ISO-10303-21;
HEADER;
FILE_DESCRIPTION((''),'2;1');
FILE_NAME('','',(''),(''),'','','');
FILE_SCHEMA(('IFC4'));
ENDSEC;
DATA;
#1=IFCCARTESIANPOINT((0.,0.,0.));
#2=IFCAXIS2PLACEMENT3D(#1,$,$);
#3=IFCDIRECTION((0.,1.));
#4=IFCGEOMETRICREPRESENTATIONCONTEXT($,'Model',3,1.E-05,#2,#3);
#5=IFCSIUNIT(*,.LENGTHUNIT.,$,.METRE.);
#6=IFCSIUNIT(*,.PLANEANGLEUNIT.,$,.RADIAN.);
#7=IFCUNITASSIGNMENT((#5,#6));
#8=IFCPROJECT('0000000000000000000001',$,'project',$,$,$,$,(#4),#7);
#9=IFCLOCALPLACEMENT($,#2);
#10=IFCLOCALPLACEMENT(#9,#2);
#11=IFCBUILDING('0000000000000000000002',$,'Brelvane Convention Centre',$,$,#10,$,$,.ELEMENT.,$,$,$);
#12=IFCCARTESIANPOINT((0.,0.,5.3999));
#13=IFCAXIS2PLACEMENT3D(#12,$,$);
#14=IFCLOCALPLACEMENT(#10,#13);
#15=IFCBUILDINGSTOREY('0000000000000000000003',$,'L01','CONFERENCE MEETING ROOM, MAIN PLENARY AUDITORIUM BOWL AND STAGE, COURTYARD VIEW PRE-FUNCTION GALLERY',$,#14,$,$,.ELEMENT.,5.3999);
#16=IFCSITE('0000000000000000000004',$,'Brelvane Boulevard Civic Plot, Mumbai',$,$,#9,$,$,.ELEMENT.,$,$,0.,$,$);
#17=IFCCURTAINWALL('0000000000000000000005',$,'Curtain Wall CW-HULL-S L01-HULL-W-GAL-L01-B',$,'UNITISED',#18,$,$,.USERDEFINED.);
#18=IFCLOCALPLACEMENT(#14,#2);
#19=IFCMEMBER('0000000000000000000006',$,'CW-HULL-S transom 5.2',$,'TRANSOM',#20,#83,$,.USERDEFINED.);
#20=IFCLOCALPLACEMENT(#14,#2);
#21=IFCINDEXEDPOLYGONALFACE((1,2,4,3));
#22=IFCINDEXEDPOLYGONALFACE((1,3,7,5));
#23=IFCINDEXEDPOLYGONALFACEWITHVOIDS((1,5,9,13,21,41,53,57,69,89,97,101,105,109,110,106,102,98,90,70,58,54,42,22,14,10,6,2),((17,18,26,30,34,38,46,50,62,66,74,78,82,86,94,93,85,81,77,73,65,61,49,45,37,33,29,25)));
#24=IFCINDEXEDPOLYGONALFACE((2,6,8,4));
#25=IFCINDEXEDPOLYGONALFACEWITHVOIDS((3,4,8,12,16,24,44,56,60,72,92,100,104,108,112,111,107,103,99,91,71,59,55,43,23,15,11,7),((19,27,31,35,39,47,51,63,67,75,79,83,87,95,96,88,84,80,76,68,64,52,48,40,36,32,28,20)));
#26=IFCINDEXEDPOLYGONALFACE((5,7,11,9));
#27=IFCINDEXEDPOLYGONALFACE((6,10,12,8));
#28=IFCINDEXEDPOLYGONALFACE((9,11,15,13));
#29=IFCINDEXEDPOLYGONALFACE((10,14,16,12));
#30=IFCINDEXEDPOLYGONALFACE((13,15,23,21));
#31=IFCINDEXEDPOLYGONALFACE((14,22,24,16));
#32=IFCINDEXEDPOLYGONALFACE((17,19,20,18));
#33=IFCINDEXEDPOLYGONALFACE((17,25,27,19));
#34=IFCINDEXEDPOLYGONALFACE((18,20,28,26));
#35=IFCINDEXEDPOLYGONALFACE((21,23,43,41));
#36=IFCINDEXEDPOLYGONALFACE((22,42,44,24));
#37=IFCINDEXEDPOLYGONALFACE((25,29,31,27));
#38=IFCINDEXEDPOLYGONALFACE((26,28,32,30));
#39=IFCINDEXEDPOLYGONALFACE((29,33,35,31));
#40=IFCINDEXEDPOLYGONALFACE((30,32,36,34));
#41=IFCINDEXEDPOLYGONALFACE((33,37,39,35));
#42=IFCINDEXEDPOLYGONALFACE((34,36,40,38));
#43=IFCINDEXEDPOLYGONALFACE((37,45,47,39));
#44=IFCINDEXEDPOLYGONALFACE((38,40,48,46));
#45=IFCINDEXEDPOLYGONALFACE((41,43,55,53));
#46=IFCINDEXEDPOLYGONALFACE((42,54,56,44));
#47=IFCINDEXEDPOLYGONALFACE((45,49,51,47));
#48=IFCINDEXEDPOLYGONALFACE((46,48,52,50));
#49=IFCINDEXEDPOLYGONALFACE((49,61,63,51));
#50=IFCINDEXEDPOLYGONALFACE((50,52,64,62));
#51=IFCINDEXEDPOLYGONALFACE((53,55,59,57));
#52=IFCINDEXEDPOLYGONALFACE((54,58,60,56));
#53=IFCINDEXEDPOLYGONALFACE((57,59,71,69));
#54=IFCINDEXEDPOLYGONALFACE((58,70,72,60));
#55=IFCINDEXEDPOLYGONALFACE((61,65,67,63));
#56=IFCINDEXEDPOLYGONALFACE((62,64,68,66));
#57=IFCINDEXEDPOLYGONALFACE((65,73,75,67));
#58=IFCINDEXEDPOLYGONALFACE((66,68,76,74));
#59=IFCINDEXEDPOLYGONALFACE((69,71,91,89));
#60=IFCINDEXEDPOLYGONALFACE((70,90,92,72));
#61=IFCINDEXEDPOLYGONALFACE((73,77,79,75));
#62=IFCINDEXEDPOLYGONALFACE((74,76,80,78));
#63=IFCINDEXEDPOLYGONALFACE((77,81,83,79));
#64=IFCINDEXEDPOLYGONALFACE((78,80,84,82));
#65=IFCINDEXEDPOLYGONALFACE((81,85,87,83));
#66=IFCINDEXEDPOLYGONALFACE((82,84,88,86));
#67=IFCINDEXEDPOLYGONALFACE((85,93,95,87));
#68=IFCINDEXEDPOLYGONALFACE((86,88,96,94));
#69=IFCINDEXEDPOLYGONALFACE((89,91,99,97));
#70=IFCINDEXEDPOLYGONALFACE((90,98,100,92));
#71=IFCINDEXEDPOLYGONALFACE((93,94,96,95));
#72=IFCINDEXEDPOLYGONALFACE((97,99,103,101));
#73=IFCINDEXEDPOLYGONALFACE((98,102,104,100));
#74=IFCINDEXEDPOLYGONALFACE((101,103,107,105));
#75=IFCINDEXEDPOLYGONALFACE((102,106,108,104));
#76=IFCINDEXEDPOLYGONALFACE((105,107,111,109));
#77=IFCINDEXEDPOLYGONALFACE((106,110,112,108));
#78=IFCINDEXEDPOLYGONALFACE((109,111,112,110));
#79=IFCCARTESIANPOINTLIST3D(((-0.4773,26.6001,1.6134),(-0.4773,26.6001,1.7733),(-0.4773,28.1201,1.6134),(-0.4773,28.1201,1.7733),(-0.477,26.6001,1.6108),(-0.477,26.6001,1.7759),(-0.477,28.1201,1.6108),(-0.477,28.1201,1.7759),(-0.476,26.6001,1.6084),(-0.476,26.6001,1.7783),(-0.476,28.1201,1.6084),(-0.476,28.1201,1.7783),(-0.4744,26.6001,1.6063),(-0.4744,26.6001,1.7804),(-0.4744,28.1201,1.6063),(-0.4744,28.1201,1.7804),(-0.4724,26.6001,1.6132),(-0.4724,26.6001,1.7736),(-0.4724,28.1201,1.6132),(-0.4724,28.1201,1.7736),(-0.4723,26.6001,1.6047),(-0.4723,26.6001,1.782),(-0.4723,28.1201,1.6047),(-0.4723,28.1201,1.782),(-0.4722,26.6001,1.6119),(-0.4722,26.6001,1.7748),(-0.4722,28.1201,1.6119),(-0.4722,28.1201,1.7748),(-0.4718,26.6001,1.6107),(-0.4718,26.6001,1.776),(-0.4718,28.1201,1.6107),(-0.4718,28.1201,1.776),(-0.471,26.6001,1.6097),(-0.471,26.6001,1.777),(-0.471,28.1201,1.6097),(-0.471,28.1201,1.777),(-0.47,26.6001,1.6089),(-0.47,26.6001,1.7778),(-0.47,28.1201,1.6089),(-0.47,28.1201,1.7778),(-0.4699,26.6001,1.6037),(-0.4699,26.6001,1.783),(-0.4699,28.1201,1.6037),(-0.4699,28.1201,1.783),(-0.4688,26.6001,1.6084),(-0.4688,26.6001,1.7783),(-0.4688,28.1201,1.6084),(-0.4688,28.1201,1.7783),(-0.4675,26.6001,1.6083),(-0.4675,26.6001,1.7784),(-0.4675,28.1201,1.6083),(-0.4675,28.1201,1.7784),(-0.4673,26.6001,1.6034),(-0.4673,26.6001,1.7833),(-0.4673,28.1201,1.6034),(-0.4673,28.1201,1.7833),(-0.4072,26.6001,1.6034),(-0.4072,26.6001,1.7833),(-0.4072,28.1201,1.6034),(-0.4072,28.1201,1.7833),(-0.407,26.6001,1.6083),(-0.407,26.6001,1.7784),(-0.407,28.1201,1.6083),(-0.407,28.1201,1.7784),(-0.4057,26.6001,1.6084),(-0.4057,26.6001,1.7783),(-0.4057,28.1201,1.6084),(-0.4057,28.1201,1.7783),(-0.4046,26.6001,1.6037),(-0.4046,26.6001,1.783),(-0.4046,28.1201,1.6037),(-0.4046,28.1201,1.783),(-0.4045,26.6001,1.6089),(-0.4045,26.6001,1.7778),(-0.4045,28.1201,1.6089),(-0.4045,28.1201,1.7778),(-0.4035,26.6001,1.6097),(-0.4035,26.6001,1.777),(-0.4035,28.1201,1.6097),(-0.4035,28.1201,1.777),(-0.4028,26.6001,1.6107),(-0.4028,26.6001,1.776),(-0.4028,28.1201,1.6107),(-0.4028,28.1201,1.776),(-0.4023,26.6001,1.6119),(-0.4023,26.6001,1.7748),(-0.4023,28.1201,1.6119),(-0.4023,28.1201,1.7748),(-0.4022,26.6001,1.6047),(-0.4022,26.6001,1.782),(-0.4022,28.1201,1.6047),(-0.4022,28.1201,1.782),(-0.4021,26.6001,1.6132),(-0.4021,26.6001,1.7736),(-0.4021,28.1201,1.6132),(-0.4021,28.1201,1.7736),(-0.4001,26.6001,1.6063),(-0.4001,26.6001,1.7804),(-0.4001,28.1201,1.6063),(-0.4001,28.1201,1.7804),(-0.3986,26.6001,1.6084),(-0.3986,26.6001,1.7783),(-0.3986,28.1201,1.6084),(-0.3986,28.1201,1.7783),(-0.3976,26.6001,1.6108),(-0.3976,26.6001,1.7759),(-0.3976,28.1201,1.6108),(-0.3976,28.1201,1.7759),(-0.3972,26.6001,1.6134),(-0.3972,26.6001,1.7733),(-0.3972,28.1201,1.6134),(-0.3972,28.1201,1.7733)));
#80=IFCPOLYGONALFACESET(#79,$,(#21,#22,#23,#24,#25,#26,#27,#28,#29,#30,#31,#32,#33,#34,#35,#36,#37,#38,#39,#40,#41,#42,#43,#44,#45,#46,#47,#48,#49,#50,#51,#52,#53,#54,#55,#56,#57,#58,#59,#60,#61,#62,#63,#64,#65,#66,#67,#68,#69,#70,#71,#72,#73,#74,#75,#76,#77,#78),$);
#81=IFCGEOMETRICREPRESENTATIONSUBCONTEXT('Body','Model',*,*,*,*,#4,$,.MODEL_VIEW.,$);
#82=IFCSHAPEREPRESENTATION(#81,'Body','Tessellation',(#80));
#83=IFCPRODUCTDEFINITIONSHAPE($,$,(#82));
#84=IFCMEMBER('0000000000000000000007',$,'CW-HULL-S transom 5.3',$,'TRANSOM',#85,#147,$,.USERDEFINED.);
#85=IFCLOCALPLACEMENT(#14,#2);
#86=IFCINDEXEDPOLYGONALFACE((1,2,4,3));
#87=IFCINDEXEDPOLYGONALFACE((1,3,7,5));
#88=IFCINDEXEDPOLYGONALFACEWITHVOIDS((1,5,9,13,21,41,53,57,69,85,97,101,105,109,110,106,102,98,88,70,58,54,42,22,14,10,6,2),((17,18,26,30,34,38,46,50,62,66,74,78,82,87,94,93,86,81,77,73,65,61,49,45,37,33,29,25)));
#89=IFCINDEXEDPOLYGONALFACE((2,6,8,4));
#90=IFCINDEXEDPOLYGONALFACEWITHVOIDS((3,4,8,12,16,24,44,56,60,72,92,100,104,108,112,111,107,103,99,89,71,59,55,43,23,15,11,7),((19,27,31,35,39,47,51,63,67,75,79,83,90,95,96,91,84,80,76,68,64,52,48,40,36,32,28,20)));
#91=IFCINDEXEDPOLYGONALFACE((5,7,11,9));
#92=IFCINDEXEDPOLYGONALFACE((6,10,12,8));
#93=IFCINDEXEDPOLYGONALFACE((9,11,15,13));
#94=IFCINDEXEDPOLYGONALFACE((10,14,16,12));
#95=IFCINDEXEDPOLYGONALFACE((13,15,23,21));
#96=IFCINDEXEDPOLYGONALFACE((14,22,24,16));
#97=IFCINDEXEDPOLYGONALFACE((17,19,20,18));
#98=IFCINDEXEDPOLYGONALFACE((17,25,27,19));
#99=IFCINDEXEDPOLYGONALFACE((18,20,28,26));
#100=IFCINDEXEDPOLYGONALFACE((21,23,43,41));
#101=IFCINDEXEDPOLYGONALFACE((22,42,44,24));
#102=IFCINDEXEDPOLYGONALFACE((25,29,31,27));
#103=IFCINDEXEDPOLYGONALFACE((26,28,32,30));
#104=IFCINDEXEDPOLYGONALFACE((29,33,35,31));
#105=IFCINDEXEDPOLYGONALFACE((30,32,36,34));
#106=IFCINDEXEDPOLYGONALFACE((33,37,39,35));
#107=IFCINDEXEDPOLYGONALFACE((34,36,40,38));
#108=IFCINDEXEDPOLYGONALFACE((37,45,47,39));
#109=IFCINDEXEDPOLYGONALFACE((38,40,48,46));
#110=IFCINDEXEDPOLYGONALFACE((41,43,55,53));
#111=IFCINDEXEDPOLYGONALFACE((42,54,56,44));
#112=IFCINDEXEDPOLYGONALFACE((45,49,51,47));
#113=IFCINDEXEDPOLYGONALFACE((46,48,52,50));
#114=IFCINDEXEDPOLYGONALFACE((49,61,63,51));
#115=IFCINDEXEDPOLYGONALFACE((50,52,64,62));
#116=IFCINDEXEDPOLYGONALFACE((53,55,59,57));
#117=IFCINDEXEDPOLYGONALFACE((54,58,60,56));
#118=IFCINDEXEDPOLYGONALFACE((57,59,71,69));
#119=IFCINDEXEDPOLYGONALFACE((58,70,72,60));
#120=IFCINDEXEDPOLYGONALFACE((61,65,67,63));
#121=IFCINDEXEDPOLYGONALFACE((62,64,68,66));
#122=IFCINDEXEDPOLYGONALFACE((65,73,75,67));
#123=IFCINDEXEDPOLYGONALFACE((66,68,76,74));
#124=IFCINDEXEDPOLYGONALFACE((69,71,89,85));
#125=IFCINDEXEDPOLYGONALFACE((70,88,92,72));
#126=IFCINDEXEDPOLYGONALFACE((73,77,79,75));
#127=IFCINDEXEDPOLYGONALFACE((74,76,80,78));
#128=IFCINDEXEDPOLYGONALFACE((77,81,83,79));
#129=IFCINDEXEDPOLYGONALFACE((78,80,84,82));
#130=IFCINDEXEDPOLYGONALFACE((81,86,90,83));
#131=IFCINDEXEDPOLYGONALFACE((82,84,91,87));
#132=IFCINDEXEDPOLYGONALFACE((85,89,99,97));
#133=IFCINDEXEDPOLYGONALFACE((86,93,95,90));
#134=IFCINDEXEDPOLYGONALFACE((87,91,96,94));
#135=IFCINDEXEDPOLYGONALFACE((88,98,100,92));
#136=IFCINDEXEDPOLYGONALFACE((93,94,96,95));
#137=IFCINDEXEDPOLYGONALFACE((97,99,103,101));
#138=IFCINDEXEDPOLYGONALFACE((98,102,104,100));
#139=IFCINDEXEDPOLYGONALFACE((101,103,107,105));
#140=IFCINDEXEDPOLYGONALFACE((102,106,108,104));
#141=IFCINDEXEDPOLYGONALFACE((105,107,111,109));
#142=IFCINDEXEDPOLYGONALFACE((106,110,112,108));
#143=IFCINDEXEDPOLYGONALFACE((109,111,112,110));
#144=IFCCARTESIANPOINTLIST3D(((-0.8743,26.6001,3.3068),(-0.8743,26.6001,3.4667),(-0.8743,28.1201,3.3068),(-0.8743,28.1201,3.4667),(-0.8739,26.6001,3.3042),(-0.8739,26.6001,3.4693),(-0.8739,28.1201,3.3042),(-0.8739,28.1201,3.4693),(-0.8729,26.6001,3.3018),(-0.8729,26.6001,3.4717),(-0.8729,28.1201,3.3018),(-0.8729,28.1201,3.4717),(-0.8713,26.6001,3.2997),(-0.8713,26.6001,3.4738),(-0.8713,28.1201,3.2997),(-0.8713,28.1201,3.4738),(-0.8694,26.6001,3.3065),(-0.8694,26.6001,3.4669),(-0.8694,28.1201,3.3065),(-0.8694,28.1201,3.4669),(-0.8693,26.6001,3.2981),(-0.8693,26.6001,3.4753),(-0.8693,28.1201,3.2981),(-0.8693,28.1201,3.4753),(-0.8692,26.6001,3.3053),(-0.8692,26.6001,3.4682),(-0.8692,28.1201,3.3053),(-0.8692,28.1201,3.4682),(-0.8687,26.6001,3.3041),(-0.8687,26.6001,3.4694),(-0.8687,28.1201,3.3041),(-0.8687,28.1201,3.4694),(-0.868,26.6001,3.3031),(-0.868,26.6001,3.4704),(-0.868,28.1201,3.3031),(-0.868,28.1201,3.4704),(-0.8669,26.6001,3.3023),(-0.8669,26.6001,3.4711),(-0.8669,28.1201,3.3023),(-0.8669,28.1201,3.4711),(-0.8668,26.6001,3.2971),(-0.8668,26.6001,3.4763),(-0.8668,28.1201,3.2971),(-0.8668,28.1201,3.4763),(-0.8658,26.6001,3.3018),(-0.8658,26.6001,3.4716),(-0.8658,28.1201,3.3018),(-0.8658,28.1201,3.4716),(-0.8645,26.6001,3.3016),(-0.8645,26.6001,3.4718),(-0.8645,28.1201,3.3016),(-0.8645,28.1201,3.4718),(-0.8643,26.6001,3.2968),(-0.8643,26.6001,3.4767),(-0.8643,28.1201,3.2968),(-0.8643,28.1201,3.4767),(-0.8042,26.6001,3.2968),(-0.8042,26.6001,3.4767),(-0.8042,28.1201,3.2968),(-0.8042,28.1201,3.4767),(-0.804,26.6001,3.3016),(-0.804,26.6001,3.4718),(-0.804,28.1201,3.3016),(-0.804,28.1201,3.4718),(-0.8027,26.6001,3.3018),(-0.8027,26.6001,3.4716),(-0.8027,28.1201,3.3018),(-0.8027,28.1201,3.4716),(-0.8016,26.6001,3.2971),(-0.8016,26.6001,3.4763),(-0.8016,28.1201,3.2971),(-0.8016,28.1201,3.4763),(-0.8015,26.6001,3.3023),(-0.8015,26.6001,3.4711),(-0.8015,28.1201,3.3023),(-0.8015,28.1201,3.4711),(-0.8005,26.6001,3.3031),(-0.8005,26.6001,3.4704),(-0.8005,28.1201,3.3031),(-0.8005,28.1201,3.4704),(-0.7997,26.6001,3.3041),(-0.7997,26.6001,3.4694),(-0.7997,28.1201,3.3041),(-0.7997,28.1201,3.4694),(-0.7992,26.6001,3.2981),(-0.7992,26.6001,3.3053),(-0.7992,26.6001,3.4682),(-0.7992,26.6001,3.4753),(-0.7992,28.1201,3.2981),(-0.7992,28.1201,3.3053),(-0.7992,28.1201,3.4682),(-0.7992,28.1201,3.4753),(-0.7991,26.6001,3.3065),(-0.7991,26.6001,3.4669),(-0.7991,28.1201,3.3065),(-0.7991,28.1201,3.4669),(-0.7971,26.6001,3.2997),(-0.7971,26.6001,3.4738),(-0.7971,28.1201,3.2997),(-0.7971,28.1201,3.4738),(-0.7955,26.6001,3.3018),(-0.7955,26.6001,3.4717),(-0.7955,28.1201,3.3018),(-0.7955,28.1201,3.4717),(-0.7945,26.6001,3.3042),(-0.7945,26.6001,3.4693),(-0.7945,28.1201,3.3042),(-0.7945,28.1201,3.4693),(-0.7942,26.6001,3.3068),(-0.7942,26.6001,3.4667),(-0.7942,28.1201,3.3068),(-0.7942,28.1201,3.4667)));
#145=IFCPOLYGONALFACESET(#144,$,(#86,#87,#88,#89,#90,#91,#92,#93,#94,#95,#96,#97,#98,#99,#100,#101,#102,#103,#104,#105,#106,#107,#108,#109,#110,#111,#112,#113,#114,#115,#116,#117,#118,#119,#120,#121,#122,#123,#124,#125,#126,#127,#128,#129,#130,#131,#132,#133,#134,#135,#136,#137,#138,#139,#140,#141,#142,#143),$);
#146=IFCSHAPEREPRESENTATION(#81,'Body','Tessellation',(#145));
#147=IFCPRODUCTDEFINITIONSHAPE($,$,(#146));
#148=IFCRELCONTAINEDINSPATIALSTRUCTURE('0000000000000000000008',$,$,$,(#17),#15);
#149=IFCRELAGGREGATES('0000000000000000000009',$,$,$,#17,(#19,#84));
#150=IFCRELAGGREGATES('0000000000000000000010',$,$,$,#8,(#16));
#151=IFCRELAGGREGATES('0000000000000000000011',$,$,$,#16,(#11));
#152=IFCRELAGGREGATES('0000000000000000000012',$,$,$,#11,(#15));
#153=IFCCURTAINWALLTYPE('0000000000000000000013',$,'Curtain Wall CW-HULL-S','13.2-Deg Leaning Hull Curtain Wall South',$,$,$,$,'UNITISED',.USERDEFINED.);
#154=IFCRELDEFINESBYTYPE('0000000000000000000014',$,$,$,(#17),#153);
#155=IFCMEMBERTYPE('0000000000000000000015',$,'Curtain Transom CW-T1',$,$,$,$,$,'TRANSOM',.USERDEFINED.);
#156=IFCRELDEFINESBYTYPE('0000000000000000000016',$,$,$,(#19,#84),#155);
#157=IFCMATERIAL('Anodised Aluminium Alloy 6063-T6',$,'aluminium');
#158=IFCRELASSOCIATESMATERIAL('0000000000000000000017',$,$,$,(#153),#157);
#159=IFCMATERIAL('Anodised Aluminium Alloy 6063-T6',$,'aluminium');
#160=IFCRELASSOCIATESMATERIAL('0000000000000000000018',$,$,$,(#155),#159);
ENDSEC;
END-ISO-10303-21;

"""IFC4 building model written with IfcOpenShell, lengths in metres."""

from ifc_helpers import new_model, si_unit, direction, frame, origin, origin_2d, place, context, subcontext, project, spatial, hollow_rectangle, extrude, material, material_profile, profile_set, type_object, element, aggregate, save


model = new_model("IFC4")

# Units and contexts
model_context = context("Model", 3, precision=1e-05, world=origin(), true_north=direction((0.0, 1.0)))
body_context = subcontext(model_context, "Body", "Model", "MODEL_VIEW")
ifc_project = project(units=[si_unit("LENGTHUNIT", "METRE"), si_unit("PLANEANGLEUNIT", "RADIAN")], contexts=[model_context])

# Site, building, storey
site_placement = place(None, origin())
site = spatial("IfcSite", under=ifc_project, at=site_placement, Name="Brelvane Boulevard Civic Plot, Mumbai", CompositionType="ELEMENT", RefElevation=0.0)
building_placement = place(site_placement, origin())
building = spatial("IfcBuilding", under=site, at=building_placement, Name="Brelvane Convention Centre", CompositionType="ELEMENT")
storey_placement = place(building_placement, frame((0.0, 0.0, 5.3999)))
storey = spatial("IfcBuildingStorey", under=building, at=storey_placement, Name="L01", Description="CONFERENCE MEETING ROOM, MAIN PLENARY AUDITORIUM BOWL AND STAGE, COURTYARD VIEW PRE-FUNCTION GALLERY", CompositionType="ELEMENT", Elevation=5.3999)

# Curtain wall
ifc_material_1 = material(Name="Anodised Aluminium Alloy 6063-T6", Category="aluminium")
curtain_wall_type = type_object("IfcCurtainWallType", Name="Curtain Wall CW-HULL-S", Description="13.2-Deg Leaning Hull Curtain Wall South", ElementType="UNITISED", PredefinedType="USERDEFINED", material=ifc_material_1)
curtain_wall_1_placement = place(storey_placement, origin())
curtain_wall_1 = element("IfcCurtainWall", 1, at=curtain_wall_1_placement, inside=storey, type_object=curtain_wall_type, Name="Curtain Wall CW-HULL-S L01-HULL-W-GAL-L01-B", ObjectType="UNITISED", PredefinedType="USERDEFINED")

# Members
ifc_material_2 = material(Name="Anodised Aluminium Alloy 6063-T6", Category="aluminium")
ifc_material_profile_1 = material_profile(ifc_material_2, hollow_rectangle(XDim=0.0801, YDim=0.1799, WallThickness=0.0049, InnerFilletRadius=0.0049, OuterFilletRadius=0.01, at=origin_2d()), Name="ALU-T 180x80x5.0")
ifc_profile_set_1 = profile_set([ifc_material_profile_1], Name="Anodised Aluminium Alloy 6063-T6")
member_type_1 = type_object("IfcMemberType", Name="Curtain Transom CW-T1", ElementType="TRANSOM", PredefinedType="USERDEFINED", material=ifc_profile_set_1)
member_1_placement = place(storey_placement, frame((-0.4373, 26.6001, 1.6934), z_axis=(0.0, 1.0, 0.0), x_axis=(-1.0, 0.0, 0.0)))
member_1 = element("IfcMember", 2, at=member_1_placement, type_object=member_type_1, Name="CW-HULL-S transom 5.2", ObjectType="TRANSOM", PredefinedType="USERDEFINED", context=body_context, shape_type="SweptSolid", body=[
    extrude(hollow_rectangle(XDim=0.0801, YDim=0.1799, WallThickness=0.0049, InnerFilletRadius=0.0049, OuterFilletRadius=0.01, at=origin_2d()), origin(), (0.0, 0.0, 1.0), 1.52),
])
member_2_placement = place(storey_placement, frame((-0.8342, 26.6001, 3.3867), z_axis=(0.0, 1.0, 0.0), x_axis=(-1.0, 0.0, 0.0)))
member_2 = element("IfcMember", 3, at=member_2_placement, type_object=member_type_1, Name="CW-HULL-S transom 5.3", ObjectType="TRANSOM", PredefinedType="USERDEFINED", context=body_context, shape_type="SweptSolid", body=[
    extrude(hollow_rectangle(XDim=0.0801, YDim=0.1799, WallThickness=0.0049, InnerFilletRadius=0.0049, OuterFilletRadius=0.01, at=origin_2d()), origin(), (0.0, 0.0, 1.0), 1.52),
])

aggregate(curtain_wall_1, [member_1, member_2])

save(model, "model.ifc")
